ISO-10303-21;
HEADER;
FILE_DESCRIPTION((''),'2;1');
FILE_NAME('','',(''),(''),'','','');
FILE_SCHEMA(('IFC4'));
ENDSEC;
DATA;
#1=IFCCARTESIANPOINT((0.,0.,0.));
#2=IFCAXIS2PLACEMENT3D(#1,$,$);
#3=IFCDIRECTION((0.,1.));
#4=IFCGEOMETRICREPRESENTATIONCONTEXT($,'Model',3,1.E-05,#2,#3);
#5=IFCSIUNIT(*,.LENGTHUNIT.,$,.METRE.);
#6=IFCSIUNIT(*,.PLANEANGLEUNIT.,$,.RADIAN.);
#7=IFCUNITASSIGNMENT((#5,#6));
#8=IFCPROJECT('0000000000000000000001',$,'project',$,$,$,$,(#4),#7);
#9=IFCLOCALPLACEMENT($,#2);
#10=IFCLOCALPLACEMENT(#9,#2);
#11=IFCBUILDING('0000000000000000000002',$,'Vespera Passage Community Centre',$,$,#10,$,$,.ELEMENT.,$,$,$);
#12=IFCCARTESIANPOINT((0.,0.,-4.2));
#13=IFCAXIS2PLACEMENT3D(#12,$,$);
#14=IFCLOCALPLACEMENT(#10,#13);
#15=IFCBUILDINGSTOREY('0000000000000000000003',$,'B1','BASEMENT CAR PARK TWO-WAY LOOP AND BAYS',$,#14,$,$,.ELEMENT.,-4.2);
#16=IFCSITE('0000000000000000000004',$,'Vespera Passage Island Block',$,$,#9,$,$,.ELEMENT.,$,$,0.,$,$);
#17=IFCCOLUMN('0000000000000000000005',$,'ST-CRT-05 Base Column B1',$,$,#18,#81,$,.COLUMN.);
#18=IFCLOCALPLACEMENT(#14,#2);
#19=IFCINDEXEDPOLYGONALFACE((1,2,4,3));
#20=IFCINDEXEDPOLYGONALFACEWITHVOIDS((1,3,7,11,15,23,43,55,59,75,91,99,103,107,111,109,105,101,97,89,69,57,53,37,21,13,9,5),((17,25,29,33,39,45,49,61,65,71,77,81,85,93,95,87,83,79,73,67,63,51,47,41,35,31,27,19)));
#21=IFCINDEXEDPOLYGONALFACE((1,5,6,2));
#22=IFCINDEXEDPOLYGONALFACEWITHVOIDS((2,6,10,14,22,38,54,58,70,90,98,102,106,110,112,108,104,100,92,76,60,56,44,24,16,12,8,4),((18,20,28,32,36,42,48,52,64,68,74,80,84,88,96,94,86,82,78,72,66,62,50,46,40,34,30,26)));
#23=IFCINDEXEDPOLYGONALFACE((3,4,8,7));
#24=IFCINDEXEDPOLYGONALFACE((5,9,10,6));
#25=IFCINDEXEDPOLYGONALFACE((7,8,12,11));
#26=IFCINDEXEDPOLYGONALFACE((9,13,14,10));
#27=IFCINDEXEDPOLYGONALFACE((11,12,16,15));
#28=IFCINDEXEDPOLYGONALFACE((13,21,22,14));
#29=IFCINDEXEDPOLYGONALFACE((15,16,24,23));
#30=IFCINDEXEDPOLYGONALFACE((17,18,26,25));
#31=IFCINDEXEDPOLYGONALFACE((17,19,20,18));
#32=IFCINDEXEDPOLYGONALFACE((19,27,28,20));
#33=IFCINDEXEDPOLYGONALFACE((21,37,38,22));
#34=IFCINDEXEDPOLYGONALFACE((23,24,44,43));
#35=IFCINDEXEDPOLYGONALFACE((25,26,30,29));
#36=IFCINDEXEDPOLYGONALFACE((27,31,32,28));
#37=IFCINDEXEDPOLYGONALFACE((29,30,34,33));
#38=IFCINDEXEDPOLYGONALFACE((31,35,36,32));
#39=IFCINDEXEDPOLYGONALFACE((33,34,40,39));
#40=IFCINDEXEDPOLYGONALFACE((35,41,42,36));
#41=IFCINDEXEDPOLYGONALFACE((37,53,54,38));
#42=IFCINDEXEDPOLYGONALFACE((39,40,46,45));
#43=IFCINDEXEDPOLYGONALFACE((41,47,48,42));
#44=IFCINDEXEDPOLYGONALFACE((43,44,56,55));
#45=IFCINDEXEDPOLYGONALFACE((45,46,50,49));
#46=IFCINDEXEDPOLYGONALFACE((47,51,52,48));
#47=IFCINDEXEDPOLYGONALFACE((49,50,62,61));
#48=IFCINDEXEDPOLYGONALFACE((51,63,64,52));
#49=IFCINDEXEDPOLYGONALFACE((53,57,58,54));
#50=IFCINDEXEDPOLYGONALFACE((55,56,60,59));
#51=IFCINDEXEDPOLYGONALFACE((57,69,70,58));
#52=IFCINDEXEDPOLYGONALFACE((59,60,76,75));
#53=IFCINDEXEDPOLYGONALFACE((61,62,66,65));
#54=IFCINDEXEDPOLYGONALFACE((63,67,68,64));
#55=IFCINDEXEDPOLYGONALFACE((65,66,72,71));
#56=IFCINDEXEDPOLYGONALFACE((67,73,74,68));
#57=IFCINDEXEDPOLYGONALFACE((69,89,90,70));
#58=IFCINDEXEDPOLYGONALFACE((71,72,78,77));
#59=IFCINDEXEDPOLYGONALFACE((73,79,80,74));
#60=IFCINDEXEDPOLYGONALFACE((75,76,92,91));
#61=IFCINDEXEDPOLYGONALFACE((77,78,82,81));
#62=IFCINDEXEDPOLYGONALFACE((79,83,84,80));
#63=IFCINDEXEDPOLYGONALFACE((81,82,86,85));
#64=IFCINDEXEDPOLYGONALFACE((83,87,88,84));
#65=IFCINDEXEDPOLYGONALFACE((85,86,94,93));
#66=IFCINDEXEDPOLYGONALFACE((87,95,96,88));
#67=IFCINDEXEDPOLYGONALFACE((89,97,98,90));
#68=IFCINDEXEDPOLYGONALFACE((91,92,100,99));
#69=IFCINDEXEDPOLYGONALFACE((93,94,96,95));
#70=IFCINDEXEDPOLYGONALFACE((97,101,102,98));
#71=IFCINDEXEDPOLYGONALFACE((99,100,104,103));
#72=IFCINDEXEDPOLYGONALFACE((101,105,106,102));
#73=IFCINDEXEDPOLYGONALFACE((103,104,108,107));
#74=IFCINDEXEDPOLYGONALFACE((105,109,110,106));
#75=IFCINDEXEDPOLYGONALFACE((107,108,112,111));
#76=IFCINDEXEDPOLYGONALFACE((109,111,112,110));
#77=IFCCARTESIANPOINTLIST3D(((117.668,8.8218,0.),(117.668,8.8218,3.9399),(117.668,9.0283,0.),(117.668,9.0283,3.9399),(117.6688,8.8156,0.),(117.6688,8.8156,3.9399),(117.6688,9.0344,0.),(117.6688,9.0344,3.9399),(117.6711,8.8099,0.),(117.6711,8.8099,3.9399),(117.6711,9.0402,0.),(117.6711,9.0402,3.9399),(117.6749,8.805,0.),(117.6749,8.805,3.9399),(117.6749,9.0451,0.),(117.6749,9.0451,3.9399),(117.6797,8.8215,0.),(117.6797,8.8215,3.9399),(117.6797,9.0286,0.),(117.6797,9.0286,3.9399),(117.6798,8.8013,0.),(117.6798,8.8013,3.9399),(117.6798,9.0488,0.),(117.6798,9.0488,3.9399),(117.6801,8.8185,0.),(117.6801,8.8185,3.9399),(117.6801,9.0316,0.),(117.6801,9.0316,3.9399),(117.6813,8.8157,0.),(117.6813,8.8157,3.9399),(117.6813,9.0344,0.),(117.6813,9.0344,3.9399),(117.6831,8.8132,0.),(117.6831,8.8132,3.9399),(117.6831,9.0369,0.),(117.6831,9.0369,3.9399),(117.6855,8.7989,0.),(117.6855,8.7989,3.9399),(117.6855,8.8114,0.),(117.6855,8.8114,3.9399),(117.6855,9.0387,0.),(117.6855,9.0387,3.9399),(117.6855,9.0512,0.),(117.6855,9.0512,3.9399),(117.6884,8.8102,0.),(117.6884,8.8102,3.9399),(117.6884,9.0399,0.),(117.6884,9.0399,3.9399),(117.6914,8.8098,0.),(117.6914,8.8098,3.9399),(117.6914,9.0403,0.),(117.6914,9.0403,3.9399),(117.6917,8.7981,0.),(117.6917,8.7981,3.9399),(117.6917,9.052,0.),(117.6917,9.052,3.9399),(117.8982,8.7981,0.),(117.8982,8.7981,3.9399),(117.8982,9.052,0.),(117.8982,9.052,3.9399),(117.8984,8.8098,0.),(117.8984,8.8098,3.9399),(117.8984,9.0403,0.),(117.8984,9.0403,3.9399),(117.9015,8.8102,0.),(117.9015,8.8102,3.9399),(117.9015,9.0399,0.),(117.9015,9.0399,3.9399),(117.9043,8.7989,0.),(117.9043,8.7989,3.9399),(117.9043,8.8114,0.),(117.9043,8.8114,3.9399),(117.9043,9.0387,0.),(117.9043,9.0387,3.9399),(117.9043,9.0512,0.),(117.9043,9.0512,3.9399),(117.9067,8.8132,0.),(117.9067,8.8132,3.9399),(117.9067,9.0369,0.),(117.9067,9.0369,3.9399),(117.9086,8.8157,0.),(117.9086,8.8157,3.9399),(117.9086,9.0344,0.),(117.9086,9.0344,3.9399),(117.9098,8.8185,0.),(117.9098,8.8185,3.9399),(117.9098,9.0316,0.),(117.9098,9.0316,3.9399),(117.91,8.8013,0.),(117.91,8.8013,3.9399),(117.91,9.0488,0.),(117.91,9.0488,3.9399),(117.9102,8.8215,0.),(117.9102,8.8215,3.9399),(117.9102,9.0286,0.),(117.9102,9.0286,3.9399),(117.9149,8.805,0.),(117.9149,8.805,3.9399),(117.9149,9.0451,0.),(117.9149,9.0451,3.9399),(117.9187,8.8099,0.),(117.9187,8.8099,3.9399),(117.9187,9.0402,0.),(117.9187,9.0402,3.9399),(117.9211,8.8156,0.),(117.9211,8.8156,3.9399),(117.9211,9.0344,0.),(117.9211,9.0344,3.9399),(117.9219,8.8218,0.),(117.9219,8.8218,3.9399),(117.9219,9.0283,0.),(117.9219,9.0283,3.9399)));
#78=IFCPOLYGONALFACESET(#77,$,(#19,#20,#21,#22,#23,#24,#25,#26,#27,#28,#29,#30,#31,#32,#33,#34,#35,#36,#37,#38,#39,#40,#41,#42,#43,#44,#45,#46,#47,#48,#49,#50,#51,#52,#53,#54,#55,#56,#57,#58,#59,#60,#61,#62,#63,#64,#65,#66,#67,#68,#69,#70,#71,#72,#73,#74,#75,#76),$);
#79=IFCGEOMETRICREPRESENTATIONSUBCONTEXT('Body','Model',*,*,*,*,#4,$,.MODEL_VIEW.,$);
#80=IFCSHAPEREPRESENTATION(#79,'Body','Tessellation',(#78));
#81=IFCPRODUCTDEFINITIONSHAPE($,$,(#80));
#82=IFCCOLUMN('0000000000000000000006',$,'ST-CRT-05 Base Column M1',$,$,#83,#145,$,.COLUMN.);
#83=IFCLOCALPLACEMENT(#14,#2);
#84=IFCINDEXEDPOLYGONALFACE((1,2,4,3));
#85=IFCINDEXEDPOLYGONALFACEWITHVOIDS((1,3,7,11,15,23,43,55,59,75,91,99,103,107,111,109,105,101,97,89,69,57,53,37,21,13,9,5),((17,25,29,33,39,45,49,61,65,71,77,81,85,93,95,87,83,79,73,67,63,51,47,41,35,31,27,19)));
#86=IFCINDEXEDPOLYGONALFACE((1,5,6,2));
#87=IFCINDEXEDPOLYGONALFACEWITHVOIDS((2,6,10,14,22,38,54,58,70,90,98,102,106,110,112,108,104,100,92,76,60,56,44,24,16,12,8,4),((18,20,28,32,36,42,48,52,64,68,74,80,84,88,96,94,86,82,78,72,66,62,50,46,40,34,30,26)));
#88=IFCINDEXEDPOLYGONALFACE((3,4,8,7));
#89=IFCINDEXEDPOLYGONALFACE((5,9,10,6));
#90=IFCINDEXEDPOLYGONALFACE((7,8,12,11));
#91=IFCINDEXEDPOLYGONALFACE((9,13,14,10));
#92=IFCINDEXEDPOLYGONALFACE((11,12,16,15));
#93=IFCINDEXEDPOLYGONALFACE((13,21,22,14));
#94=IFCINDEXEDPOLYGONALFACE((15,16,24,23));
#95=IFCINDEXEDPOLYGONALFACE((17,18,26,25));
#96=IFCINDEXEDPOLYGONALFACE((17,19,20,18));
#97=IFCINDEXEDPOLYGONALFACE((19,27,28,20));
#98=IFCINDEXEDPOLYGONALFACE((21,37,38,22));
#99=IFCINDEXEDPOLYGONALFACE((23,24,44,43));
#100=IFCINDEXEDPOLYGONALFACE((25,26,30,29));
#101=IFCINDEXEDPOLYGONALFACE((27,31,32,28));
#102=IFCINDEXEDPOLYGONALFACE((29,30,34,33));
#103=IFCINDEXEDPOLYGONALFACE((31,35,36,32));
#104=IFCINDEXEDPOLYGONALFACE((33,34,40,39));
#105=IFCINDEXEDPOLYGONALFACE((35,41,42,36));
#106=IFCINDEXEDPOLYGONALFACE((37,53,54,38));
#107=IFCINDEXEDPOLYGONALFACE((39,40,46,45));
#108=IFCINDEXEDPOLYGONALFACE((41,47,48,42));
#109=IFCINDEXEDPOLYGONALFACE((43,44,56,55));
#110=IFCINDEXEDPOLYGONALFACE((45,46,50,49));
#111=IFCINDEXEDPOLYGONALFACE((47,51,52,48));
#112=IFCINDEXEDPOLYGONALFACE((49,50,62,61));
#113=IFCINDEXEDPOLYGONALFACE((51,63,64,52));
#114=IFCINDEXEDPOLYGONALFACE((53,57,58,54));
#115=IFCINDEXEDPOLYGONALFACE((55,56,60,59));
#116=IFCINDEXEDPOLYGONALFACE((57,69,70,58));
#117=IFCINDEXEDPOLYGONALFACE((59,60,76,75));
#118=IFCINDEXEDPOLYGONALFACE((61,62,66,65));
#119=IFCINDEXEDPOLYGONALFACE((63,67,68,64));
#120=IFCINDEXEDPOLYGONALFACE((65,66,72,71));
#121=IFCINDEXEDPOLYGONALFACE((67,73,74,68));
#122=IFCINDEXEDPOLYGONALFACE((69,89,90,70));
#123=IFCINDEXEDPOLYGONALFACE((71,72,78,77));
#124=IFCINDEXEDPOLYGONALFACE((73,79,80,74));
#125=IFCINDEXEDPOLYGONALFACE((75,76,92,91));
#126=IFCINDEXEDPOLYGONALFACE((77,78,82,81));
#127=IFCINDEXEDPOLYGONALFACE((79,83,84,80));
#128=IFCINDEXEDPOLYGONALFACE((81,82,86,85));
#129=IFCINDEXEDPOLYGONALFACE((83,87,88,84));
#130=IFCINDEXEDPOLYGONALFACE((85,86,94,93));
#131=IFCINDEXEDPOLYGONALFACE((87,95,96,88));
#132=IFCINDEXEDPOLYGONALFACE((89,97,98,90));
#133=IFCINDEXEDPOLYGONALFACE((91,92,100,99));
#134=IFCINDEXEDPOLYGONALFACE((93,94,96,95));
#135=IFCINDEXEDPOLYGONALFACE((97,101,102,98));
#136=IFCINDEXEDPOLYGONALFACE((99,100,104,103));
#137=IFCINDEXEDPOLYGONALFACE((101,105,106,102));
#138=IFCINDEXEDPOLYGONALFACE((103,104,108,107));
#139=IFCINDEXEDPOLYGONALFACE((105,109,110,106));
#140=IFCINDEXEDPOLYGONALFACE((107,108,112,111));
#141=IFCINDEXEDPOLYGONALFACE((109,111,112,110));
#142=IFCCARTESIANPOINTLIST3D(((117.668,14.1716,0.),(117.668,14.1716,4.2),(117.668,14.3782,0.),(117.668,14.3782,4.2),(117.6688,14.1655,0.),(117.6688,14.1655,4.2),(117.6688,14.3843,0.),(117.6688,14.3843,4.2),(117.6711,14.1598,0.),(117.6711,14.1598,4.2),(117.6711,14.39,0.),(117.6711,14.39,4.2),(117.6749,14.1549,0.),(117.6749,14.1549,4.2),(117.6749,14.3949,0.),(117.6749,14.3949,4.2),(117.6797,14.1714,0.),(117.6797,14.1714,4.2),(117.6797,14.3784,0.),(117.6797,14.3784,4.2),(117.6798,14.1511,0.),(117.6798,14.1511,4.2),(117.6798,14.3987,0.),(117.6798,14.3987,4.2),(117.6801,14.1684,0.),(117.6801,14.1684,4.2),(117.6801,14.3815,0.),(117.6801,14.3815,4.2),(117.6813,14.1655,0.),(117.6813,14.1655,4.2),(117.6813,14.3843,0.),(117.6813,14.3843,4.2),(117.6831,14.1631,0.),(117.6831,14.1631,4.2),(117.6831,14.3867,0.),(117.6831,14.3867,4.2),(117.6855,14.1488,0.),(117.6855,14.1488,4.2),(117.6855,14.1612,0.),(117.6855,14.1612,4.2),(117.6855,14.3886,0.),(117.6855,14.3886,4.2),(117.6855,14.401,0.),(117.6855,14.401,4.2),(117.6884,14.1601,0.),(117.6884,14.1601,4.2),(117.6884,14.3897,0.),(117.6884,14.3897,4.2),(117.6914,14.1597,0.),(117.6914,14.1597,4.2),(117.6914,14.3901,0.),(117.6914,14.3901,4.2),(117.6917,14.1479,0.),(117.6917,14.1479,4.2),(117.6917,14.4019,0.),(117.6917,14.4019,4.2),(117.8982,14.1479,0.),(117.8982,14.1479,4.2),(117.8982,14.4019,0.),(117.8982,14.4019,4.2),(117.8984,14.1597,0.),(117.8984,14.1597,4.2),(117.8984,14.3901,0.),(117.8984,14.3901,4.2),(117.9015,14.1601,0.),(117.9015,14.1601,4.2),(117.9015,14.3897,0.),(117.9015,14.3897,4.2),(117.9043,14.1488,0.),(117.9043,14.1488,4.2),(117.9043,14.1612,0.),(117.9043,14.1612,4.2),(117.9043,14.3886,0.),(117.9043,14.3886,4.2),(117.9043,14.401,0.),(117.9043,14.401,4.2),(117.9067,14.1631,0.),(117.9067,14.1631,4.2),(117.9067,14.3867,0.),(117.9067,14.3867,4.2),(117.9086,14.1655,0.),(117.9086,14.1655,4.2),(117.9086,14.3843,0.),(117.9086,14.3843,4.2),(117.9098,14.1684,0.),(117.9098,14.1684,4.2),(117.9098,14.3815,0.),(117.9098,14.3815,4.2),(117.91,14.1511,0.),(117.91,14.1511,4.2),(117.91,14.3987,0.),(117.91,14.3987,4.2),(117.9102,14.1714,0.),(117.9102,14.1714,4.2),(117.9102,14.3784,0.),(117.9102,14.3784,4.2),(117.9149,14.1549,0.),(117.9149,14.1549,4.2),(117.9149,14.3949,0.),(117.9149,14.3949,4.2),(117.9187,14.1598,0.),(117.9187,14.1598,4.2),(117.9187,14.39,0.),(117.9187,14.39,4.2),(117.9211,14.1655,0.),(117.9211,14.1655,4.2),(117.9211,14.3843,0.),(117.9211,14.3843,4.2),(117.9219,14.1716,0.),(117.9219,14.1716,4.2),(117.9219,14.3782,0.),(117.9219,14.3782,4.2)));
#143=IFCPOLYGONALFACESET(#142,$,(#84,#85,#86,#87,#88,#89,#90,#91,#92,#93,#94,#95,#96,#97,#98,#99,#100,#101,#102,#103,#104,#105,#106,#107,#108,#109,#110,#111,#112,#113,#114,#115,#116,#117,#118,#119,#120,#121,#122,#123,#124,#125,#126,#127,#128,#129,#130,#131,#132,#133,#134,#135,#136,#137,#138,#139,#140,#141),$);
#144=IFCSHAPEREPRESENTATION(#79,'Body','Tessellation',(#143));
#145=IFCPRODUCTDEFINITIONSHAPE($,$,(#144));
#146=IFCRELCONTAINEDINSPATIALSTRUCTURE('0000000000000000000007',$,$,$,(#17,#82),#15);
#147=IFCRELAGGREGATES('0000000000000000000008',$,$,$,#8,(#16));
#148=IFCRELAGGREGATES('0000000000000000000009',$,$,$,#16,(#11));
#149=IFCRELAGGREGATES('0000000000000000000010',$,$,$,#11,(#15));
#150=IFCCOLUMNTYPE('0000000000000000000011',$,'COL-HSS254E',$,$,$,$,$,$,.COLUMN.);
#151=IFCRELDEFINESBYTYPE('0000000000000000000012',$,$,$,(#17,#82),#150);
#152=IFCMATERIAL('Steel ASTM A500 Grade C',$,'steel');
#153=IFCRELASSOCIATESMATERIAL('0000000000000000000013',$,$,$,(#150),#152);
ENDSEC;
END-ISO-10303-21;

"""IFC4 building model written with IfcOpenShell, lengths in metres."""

from ifc_helpers import new_model, si_unit, direction, frame, origin, origin_2d, place, context, subcontext, project, spatial, hollow_rectangle, extrude, material, material_profile, profile_set, type_object, element, save


model = new_model("IFC4")

# Units and contexts
model_context = context("Model", 3, precision=1e-05, world=origin(), true_north=direction((0.0, 1.0)))
body_context = subcontext(model_context, "Body", "Model", "MODEL_VIEW")
ifc_project = project(units=[si_unit("LENGTHUNIT", "METRE"), si_unit("PLANEANGLEUNIT", "RADIAN")], contexts=[model_context])

# Site, building, storey
site_placement = place(None, origin())
site = spatial("IfcSite", under=ifc_project, at=site_placement, Name="Vespera Passage Island Block", CompositionType="ELEMENT", RefElevation=0.0)
building_placement = place(site_placement, origin())
building = spatial("IfcBuilding", under=site, at=building_placement, Name="Vespera Passage Community Centre", CompositionType="ELEMENT")
storey_placement = place(building_placement, frame((0.0, 0.0, -4.2)))
storey = spatial("IfcBuildingStorey", under=building, at=storey_placement, Name="B1", Description="BASEMENT CAR PARK TWO-WAY LOOP AND BAYS", CompositionType="ELEMENT", Elevation=-4.2)

# Columns
ifc_material_1 = material(Name="Steel ASTM A500 Grade C", Category="steel")
ifc_material_profile_1 = material_profile(ifc_material_1, hollow_rectangle(XDim=0.2539, YDim=0.2539, WallThickness=0.0117, InnerFilletRadius=0.0117, OuterFilletRadius=0.0237, at=origin_2d()), Name="HSS254X254X12.7")
ifc_profile_set_1 = profile_set([ifc_material_profile_1], Name="Steel ASTM A500 Grade C")
column_type_1 = type_object("IfcColumnType", Name="COL-HSS254E", PredefinedType="COLUMN", material=ifc_profile_set_1)
column_1_placement = place(storey_placement, frame((117.7949, 8.925, 0.0), z_axis=(0.0, 0.0, 1.0), x_axis=(1.0, 0.0, 0.0)))
element("IfcColumn", 1, at=column_1_placement, inside=storey, type_object=column_type_1, Name="ST-CRT-05 Base Column B1", PredefinedType="COLUMN", context=body_context, shape_type="SweptSolid", body=[
    extrude(hollow_rectangle(XDim=0.2539, YDim=0.2539, WallThickness=0.0117, InnerFilletRadius=0.0117, OuterFilletRadius=0.0237, at=origin_2d()), origin(), (0.0, 0.0, 1.0), 3.9399),
])
for number, where, z_axis, x_axis, name in (
    (2, (117.7949, 14.2749, 0.0), (0.0, 0.0, 1.0), (1.0, 0.0, 0.0), "ST-CRT-05 Base Column M1"),
):
    element("IfcColumn", number, at=place(storey_placement, frame(where, z_axis=z_axis, x_axis=x_axis)), inside=storey, type_object=column_type_1, Name=name, PredefinedType="COLUMN", context=body_context, shape_type="SweptSolid", body=[
        extrude(hollow_rectangle(XDim=0.2539, YDim=0.2539, WallThickness=0.0117, InnerFilletRadius=0.0117, OuterFilletRadius=0.0237, at=origin_2d()), origin(), (0.0, 0.0, 1.0), 4.2),
    ])

save(model, "model.ifc")
